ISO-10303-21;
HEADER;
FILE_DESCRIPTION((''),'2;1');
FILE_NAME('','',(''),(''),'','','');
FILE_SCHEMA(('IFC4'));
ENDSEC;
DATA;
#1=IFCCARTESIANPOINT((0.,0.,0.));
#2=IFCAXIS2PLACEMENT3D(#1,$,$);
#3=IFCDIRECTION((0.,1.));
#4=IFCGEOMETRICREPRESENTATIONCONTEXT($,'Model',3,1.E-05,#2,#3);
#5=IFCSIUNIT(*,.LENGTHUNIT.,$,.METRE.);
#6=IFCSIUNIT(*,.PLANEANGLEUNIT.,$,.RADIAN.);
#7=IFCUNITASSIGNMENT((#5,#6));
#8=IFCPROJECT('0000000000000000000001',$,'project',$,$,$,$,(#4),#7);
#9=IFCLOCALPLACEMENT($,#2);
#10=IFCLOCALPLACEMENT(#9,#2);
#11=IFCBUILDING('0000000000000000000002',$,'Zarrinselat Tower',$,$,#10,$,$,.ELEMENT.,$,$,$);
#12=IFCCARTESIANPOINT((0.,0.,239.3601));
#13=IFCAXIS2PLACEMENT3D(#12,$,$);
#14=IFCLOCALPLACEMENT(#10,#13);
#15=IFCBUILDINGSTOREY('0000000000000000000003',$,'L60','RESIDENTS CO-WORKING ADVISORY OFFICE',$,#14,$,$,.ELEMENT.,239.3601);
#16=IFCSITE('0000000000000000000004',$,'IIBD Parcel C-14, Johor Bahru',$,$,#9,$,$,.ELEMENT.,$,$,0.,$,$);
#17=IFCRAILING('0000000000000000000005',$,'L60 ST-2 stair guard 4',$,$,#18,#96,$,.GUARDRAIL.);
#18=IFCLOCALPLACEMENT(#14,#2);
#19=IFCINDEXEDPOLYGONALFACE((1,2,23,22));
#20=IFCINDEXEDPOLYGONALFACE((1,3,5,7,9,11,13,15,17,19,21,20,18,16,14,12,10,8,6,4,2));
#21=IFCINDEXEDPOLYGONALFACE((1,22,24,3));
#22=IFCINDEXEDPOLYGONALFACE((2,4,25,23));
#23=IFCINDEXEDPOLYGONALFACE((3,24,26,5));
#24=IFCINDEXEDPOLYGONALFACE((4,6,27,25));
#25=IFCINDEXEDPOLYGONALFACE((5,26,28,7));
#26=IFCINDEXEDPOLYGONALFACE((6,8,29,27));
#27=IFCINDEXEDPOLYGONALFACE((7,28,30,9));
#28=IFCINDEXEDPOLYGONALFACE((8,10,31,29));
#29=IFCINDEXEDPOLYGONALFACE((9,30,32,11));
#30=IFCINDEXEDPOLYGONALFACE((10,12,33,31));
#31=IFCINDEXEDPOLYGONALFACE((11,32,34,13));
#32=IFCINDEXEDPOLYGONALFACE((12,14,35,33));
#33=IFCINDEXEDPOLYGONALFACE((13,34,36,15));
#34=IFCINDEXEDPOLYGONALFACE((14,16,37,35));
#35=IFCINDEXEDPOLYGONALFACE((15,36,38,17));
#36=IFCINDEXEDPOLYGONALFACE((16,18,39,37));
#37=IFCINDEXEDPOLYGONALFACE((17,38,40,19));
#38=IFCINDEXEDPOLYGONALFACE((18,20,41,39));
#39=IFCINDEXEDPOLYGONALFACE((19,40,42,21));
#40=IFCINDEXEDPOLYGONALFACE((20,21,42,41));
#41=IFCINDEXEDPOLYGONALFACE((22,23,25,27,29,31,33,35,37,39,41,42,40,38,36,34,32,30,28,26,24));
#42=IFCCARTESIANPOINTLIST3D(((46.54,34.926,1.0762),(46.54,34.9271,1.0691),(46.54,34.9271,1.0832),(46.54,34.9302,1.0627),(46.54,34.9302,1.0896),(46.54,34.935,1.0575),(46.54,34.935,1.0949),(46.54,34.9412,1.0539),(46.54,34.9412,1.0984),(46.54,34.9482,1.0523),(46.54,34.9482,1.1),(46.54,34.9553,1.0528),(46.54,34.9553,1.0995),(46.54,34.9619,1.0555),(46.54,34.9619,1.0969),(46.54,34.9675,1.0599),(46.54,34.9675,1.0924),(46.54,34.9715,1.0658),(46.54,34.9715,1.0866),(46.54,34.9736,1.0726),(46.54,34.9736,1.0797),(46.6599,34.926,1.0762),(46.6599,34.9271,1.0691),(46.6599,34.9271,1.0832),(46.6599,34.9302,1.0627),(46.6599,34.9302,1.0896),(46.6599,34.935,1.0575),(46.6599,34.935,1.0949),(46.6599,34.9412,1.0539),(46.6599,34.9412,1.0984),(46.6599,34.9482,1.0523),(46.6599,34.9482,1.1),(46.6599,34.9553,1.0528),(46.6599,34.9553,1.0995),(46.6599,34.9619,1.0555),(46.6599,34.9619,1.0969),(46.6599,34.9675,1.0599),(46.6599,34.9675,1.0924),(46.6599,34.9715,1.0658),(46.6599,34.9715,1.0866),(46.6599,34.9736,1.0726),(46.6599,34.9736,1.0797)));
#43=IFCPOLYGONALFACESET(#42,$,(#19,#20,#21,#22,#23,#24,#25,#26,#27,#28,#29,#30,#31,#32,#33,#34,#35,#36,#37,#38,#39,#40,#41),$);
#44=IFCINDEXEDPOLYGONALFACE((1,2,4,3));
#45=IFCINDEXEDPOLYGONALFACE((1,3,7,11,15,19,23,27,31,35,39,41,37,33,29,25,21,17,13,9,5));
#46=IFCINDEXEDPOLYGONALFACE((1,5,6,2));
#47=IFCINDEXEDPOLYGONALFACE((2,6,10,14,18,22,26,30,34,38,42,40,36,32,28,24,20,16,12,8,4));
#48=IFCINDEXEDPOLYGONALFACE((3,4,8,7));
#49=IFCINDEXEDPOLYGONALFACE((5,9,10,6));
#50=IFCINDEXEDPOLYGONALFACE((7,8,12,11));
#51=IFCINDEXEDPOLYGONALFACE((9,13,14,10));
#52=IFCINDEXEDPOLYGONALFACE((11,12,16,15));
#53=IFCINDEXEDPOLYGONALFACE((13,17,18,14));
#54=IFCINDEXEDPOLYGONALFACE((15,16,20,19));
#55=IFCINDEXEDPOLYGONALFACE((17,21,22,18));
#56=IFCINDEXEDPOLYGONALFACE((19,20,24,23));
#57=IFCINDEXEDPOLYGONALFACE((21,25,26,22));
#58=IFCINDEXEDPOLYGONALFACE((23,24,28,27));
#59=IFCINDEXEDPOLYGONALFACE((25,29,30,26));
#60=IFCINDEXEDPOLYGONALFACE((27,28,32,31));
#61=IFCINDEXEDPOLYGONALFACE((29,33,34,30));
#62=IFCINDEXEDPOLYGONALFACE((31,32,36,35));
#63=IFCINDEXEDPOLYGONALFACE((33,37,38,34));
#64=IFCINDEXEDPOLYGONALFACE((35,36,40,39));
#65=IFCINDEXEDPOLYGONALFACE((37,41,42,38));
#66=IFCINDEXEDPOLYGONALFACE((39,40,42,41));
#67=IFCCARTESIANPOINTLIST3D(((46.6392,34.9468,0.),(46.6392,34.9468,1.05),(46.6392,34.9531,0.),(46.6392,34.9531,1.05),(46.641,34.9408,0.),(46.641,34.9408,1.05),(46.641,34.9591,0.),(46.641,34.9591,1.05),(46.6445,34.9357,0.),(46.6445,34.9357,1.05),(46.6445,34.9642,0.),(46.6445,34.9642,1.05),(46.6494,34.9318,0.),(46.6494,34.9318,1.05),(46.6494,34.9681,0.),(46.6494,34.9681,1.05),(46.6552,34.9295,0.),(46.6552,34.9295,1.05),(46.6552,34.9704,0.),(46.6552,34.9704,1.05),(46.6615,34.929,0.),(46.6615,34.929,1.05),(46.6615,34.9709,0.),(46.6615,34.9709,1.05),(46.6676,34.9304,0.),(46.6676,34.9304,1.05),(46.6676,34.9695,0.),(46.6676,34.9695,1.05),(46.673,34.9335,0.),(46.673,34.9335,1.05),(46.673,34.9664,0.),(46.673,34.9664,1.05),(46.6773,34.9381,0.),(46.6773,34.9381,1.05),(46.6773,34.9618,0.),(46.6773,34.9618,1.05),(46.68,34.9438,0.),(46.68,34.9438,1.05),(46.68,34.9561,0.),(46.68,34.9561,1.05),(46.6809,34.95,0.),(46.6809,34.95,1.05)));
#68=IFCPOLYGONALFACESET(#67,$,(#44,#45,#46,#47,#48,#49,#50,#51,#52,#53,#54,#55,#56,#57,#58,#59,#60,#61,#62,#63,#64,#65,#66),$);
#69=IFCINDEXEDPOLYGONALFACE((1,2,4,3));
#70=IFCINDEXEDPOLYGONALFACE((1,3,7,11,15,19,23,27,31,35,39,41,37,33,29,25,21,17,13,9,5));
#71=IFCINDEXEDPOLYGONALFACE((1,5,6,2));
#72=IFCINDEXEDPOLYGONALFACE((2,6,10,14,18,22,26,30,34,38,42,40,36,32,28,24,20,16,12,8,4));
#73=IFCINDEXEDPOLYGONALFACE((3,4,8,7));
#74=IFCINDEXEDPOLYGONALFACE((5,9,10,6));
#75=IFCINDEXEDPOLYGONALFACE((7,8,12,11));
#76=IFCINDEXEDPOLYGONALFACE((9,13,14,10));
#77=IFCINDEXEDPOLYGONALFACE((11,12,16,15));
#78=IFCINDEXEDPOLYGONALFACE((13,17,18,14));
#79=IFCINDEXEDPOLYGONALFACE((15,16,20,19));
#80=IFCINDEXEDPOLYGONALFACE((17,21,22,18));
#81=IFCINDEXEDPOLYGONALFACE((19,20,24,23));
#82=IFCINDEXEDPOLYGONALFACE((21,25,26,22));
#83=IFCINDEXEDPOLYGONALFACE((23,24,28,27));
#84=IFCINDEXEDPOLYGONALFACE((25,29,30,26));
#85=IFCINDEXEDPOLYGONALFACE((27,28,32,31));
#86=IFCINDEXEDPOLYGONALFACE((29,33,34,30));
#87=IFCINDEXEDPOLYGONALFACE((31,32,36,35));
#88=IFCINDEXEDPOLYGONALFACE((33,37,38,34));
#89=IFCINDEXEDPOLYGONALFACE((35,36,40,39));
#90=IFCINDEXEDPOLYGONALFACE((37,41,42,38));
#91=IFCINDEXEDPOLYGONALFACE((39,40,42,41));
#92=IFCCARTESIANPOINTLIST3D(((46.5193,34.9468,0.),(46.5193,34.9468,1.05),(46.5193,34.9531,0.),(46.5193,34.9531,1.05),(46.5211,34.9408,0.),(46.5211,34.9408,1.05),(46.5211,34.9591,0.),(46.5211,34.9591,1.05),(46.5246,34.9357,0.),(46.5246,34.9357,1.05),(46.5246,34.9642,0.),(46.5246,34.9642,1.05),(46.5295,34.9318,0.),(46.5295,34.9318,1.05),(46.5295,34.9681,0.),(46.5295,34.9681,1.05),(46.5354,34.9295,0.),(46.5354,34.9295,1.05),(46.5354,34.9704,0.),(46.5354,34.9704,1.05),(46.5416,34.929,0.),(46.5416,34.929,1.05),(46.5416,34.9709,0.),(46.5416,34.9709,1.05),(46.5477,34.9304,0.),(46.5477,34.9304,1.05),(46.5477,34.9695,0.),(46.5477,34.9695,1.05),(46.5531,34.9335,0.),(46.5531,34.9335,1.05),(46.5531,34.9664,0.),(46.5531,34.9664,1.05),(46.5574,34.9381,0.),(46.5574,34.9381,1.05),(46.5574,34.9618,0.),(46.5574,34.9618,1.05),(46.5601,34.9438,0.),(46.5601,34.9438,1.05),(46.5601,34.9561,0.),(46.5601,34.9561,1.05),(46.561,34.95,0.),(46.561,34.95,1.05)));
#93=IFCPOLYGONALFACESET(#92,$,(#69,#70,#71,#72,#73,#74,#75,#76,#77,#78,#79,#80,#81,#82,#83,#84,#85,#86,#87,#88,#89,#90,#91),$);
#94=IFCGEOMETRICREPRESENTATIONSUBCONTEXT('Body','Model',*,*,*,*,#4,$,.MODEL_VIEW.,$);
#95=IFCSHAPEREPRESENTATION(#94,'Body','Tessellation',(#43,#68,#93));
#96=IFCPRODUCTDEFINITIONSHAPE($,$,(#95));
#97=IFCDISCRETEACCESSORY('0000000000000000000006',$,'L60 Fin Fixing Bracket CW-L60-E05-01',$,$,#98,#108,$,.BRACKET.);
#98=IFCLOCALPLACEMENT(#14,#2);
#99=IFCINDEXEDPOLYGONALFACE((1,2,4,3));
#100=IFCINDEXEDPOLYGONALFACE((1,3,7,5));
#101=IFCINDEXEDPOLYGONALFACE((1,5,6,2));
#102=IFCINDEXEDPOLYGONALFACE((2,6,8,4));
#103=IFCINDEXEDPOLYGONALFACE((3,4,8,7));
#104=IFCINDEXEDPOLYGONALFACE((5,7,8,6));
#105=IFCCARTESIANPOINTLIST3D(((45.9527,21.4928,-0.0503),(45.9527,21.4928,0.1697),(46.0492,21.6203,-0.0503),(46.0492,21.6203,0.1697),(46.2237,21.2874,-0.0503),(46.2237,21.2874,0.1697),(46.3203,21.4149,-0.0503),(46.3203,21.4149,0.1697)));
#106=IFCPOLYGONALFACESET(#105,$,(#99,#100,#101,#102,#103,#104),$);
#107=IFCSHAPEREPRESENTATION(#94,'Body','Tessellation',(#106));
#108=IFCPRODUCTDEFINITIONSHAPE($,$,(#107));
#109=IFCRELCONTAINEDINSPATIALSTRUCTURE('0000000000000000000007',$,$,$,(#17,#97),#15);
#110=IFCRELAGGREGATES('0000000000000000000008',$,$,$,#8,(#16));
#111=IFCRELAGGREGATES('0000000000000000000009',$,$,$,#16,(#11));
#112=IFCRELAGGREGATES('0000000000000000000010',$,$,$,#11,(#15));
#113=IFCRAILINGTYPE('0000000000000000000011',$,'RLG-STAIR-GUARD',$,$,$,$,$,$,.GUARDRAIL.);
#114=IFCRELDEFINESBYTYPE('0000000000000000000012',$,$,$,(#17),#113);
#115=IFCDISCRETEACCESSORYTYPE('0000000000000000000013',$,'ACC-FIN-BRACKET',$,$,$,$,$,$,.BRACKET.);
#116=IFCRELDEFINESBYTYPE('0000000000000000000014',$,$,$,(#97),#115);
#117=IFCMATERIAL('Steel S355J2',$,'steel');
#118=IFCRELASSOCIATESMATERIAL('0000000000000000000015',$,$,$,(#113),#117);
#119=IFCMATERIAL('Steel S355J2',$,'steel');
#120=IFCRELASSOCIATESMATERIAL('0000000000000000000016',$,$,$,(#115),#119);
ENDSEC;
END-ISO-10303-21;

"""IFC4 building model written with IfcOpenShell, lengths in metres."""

from ifc_helpers import new_model, si_unit, direction, frame, origin, origin_2d, place, context, subcontext, project, spatial, rectangle, circle, extrude, material, type_object, element, save


model = new_model("IFC4")

# Units and contexts
model_context = context("Model", 3, precision=1e-05, world=origin(), true_north=direction((0.0, 1.0)))
body_context = subcontext(model_context, "Body", "Model", "MODEL_VIEW")
ifc_project = project(units=[si_unit("LENGTHUNIT", "METRE"), si_unit("PLANEANGLEUNIT", "RADIAN")], contexts=[model_context])

# Site, building, storey
site_placement = place(None, origin())
site = spatial("IfcSite", under=ifc_project, at=site_placement, Name="IIBD Parcel C-14, Johor Bahru", CompositionType="ELEMENT", RefElevation=0.0)
building_placement = place(site_placement, origin())
building = spatial("IfcBuilding", under=site, at=building_placement, Name="Zarrinselat Tower", CompositionType="ELEMENT")
storey_placement = place(building_placement, frame((0.0, 0.0, 239.3601)))
storey = spatial("IfcBuildingStorey", under=building, at=storey_placement, Name="L60", Description="RESIDENTS CO-WORKING ADVISORY OFFICE", CompositionType="ELEMENT", Elevation=239.3601)

# Railing
ifc_material_1 = material(Name="Steel S355J2", Category="steel")
railing_type_1 = type_object("IfcRailingType", Name="RLG-STAIR-GUARD", PredefinedType="GUARDRAIL", material=ifc_material_1)
railing_1_placement = place(storey_placement, frame((46.6599, 34.95, 0.0)))
element("IfcRailing", 1, at=railing_1_placement, inside=storey, type_object=railing_type_1, Name="L60 ST-2 stair guard 4", PredefinedType="GUARDRAIL", context=body_context, shape_type="SweptSolid", body=[
    extrude(circle(Radius=0.0239, at=origin_2d()), frame((0.0, 0.0, 1.0762), z_axis=(-1.0, 0.0, 0.0), x_axis=(0.0, -1.0, 0.0)), (0.0, 0.0, 1.0), 0.1199),
    extrude(circle(Radius=0.021, at=origin_2d()), origin(), (0.0, 0.0, 1.0), 1.05),
    extrude(circle(Radius=0.021, at=origin_2d()), frame((-0.1199, 0.0, 0.0)), (0.0, 0.0, 1.0), 1.05),
])

# Discrete accessory
ifc_material_2 = material(Name="Steel S355J2", Category="steel")
discrete_accessory_type = type_object("IfcDiscreteAccessoryType", Name="ACC-FIN-BRACKET", PredefinedType="BRACKET", material=ifc_material_2)
discrete_accessory_placement = place(storey_placement, frame((46.1365, 21.4539, -0.0503), z_axis=(0.0, 0.0, 1.0), x_axis=(0.797092, -0.603858, 0.0)))
element("IfcDiscreteAccessory", 2, at=discrete_accessory_placement, inside=storey, type_object=discrete_accessory_type, Name="L60 Fin Fixing Bracket CW-L60-E05-01", PredefinedType="BRACKET", context=body_context, shape_type="SweptSolid", body=[
    extrude(rectangle(XDim=0.3401, YDim=0.1599, at=origin_2d()), origin(), (0.0, 0.0, 1.0), 0.22),
])

save(model, "model.ifc")
